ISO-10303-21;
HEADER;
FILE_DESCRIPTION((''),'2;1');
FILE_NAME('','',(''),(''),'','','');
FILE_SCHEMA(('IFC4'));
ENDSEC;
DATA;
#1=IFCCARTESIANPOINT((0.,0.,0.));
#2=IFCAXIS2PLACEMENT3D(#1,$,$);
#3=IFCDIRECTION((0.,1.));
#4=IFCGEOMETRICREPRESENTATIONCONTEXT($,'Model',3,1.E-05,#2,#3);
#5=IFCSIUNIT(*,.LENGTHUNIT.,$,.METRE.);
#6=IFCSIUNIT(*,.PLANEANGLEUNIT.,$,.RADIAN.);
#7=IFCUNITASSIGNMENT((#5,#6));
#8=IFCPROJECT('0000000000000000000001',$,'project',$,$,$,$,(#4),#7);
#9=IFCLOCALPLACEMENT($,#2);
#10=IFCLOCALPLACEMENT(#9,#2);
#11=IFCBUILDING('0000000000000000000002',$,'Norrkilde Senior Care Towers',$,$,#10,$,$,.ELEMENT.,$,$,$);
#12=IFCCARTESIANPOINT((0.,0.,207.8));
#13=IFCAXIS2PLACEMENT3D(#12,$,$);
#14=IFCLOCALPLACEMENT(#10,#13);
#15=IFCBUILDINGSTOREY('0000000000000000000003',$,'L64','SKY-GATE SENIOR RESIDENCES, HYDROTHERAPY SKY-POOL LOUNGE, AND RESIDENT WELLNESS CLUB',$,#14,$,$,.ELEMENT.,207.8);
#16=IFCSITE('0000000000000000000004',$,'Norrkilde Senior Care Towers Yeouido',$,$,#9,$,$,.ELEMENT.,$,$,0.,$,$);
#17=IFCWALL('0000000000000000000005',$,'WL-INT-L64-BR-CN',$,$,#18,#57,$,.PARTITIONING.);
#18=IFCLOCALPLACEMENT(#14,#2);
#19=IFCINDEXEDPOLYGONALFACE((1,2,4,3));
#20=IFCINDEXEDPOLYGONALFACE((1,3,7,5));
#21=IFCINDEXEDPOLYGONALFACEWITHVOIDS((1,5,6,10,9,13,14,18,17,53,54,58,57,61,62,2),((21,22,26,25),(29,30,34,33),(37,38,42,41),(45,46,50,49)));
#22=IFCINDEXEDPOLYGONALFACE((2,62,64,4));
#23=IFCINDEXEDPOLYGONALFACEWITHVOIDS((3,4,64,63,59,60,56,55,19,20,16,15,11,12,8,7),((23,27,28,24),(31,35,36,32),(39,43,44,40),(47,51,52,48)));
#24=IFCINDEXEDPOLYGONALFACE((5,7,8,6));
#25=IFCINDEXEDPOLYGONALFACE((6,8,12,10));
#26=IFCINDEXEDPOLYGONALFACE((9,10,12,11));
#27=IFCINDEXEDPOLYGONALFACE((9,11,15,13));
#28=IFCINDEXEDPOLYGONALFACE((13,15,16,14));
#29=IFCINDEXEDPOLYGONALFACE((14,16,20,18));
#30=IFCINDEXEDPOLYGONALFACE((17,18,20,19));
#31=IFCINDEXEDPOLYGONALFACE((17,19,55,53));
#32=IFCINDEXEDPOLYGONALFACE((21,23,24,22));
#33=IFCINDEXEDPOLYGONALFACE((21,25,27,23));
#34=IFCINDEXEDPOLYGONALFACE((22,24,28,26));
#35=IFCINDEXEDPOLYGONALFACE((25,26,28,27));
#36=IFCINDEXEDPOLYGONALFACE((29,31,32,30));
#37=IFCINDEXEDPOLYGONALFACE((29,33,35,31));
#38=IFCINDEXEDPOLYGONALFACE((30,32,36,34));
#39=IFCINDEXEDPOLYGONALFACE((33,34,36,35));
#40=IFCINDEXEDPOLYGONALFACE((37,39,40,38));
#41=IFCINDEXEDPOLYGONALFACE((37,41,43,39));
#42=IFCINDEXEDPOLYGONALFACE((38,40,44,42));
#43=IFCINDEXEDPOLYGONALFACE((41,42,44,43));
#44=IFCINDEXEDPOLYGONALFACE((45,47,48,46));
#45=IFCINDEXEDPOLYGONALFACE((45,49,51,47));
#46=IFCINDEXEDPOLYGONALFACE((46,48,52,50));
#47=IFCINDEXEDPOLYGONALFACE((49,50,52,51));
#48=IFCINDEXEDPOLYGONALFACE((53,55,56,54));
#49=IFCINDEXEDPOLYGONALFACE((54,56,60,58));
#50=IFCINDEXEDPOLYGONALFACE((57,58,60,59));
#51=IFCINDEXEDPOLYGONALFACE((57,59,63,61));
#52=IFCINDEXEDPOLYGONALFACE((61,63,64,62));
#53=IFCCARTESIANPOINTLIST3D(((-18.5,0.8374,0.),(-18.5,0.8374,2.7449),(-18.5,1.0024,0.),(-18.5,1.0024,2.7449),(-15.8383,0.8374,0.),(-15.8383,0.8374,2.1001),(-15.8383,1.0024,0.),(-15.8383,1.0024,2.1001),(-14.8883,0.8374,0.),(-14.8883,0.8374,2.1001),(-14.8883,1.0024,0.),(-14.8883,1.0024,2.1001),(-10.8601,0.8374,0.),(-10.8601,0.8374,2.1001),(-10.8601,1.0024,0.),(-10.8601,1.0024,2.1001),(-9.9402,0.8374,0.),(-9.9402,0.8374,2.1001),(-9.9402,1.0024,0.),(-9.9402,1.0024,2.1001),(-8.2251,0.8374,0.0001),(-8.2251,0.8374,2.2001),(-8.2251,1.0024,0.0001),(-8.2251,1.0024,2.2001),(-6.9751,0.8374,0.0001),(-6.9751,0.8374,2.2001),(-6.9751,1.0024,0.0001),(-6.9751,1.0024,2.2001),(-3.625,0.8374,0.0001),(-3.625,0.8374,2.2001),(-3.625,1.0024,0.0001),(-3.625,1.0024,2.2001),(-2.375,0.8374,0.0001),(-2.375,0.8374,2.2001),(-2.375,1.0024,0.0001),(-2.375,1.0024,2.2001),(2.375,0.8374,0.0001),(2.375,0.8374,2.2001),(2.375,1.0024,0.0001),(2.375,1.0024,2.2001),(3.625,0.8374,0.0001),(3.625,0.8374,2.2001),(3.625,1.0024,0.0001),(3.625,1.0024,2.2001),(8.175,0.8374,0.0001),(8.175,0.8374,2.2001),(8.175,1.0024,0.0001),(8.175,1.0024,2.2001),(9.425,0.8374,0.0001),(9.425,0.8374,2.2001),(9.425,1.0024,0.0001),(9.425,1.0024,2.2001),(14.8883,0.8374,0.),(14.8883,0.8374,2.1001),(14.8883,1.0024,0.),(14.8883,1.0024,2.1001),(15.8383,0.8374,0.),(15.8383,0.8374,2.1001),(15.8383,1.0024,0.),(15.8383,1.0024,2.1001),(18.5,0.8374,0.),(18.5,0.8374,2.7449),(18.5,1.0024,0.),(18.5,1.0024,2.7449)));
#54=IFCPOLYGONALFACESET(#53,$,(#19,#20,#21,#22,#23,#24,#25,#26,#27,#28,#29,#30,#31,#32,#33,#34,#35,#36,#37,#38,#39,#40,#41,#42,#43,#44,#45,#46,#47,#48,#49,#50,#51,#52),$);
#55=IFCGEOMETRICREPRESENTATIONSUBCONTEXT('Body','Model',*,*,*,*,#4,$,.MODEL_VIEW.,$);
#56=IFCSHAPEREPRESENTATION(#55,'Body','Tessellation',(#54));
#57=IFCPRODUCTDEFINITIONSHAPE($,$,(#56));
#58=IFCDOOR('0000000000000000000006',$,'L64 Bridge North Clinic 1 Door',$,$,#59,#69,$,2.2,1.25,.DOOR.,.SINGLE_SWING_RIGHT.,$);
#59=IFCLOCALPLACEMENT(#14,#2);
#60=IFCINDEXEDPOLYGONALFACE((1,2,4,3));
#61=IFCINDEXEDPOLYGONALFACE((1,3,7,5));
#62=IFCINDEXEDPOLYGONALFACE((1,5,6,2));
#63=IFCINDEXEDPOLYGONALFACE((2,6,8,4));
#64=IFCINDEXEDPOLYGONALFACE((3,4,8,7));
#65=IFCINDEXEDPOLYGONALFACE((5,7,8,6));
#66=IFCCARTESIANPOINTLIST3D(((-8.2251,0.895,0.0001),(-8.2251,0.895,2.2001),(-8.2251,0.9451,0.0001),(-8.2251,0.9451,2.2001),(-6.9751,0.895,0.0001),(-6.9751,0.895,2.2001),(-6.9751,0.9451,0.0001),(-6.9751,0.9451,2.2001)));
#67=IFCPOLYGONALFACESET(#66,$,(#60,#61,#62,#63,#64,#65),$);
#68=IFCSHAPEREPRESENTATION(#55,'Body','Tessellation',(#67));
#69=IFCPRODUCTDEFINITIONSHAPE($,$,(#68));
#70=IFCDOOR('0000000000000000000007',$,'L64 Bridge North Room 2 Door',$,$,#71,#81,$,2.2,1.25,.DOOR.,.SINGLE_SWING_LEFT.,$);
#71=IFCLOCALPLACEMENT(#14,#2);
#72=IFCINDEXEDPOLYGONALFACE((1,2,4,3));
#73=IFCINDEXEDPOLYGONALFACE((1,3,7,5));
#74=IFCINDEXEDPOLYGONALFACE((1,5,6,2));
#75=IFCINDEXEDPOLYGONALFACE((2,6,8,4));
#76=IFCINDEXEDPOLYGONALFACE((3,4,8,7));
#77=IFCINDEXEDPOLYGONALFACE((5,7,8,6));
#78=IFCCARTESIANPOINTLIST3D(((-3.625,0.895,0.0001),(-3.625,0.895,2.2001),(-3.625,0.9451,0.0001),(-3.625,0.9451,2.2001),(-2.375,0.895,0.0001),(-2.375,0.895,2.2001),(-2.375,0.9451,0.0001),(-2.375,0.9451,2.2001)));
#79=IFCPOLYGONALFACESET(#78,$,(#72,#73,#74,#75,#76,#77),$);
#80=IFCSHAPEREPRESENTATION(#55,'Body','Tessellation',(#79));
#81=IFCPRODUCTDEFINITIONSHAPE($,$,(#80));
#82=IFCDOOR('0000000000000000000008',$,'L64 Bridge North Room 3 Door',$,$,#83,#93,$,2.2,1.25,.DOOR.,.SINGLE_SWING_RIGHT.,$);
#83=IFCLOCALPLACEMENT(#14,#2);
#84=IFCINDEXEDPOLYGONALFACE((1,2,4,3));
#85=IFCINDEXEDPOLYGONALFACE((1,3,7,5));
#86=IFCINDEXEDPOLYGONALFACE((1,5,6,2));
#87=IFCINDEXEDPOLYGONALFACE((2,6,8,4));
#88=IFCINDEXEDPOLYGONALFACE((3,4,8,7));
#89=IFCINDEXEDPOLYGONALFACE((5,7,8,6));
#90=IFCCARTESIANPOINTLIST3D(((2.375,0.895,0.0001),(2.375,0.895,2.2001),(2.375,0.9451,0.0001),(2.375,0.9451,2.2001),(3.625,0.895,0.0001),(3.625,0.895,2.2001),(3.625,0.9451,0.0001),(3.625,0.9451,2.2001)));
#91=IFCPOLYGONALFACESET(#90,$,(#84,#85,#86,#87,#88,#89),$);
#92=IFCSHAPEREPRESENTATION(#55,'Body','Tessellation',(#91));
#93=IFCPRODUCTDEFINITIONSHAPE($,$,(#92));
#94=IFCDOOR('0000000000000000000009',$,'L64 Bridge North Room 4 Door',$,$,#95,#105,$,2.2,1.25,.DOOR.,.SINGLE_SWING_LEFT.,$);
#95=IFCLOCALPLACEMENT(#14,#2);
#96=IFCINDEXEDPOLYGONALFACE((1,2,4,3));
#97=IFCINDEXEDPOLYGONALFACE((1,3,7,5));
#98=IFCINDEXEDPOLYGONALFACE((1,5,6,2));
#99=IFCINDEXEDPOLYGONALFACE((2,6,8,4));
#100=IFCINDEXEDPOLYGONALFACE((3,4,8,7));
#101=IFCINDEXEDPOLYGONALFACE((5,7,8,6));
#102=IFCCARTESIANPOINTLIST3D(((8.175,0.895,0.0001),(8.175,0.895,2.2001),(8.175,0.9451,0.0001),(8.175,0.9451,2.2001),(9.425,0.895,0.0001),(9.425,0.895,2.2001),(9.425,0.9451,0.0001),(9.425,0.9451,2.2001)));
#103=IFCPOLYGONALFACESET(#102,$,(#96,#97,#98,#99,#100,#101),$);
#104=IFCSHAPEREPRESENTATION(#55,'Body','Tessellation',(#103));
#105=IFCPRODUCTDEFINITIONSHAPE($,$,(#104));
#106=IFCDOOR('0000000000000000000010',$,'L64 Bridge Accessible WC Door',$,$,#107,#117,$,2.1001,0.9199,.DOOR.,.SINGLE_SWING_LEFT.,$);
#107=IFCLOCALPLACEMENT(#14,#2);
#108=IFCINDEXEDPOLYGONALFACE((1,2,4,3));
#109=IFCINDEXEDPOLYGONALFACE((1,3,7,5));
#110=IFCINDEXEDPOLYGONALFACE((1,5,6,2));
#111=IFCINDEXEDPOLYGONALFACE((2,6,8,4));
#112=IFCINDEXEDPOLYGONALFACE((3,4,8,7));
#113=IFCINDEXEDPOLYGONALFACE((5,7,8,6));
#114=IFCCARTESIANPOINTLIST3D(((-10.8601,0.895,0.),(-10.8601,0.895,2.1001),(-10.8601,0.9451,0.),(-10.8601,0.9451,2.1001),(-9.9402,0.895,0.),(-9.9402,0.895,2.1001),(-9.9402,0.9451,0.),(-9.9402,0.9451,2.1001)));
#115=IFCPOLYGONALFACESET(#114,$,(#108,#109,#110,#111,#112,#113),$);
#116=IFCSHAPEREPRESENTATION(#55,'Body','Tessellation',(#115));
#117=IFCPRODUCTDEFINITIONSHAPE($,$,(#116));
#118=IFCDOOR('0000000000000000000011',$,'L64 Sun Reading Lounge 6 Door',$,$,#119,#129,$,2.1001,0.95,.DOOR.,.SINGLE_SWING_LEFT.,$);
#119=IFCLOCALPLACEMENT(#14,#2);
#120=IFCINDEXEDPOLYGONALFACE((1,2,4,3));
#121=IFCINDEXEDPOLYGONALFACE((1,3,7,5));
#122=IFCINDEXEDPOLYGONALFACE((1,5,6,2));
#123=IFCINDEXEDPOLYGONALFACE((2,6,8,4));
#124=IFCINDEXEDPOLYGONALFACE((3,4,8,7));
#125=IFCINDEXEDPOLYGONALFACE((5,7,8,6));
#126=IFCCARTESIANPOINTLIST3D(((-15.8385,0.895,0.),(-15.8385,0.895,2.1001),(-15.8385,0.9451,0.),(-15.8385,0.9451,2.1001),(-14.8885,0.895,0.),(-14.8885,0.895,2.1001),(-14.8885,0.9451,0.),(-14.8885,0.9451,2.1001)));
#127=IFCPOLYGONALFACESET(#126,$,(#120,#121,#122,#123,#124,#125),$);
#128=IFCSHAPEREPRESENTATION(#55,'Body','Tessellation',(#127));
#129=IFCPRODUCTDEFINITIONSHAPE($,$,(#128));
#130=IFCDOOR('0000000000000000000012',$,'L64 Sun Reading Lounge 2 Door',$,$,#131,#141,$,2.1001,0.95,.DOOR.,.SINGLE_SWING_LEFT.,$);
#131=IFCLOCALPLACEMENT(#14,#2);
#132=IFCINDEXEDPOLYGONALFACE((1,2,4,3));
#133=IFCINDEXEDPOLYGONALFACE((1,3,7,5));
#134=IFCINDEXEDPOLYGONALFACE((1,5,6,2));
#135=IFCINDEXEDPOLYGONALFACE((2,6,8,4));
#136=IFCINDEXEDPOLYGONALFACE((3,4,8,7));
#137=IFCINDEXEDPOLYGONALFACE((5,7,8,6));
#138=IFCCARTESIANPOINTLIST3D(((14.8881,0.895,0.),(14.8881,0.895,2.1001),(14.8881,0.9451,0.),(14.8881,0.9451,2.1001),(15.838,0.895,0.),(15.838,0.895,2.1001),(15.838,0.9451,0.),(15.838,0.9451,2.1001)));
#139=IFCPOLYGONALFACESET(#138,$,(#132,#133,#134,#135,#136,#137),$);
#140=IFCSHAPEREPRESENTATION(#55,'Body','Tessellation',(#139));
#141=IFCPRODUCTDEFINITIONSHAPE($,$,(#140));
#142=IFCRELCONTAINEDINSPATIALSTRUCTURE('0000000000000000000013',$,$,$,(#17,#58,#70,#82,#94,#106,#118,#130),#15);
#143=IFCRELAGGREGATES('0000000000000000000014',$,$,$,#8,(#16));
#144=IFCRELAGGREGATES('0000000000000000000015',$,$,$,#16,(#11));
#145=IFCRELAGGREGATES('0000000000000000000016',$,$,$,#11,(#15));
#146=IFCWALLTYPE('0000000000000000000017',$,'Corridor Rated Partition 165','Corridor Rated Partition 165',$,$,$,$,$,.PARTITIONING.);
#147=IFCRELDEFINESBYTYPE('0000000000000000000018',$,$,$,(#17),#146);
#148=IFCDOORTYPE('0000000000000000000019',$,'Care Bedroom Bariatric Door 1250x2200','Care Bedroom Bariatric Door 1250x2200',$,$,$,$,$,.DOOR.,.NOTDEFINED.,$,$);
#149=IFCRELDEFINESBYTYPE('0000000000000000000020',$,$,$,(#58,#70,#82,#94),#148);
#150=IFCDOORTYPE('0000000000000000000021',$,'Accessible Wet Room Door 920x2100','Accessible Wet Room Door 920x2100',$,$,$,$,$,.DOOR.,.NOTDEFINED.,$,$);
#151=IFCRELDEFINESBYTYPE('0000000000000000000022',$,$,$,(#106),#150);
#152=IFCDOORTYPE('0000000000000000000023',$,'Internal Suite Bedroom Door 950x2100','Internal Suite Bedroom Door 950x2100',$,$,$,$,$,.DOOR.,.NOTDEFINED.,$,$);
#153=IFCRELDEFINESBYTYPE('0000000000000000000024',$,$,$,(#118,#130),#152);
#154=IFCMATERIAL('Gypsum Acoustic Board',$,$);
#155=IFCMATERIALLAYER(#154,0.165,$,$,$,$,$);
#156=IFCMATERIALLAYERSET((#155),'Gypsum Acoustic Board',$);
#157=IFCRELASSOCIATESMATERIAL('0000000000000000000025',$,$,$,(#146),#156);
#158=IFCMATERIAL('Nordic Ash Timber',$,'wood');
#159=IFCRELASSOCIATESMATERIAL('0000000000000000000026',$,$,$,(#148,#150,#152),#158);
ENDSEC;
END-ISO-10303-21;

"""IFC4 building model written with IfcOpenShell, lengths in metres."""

from ifc_helpers import new_model, si_unit, direction, frame, frame_2d, origin, place, context, subcontext, project, spatial, rectangle, extrude, source, transform, mapped, material, layer, layer_set, type_object, type_shapes, element, fill, save


model = new_model("IFC4")

# Units and contexts
model_context = context("Model", 3, precision=1e-05, world=origin(), true_north=direction((0.0, 1.0)))
body_context = subcontext(model_context, "Body", "Model", "MODEL_VIEW")
ifc_project = project(units=[si_unit("LENGTHUNIT", "METRE"), si_unit("PLANEANGLEUNIT", "RADIAN")], contexts=[model_context])

# Site, building, storey
site_placement = place(None, origin())
site = spatial("IfcSite", under=ifc_project, at=site_placement, Name="Norrkilde Senior Care Towers Yeouido", CompositionType="ELEMENT", RefElevation=0.0)
building_placement = place(site_placement, origin())
building = spatial("IfcBuilding", under=site, at=building_placement, Name="Norrkilde Senior Care Towers", CompositionType="ELEMENT")
storey_placement = place(building_placement, frame((0.0, 0.0, 207.8)))
storey = spatial("IfcBuildingStorey", under=building, at=storey_placement, Name="L64", Description="SKY-GATE SENIOR RESIDENCES, HYDROTHERAPY SKY-POOL LOUNGE, AND RESIDENT WELLNESS CLUB", CompositionType="ELEMENT", Elevation=207.8)

# Shared definitions
ifc_material_1 = material(Name="Gypsum Acoustic Board")
ifc_layer_1 = layer(ifc_material_1, 0.165)
ifc_layer_set_1 = layer_set([ifc_layer_1], Name="Gypsum Acoustic Board")
wall_type_1 = type_object("IfcWallType", Name="Corridor Rated Partition 165", Description="Corridor Rated Partition 165", PredefinedType="PARTITIONING", material=ifc_layer_set_1)

# Shared definitions
ifc_material_2 = material(Name="Nordic Ash Timber", Category="wood")
door_type_1 = type_object("IfcDoorType", Name="Care Bedroom Bariatric Door 1250x2200", Description="Care Bedroom Bariatric Door 1250x2200", OperationType="NOTDEFINED", PredefinedType="DOOR", material=ifc_material_2)
shared_shape_1 = source(origin(), body_context, "Body", "SweptSolid", [
    extrude(rectangle(XDim=1.25, YDim=2.2, at=frame_2d((0.625, 1.1001))), frame((0.0, 0.0249, 0.0), z_axis=(0.0, -1.0, 0.0), x_axis=(1.0, 0.0, 0.0)), (0.0, 0.0, 1.0), 0.05),
])
type_shapes(door_type_1, [shared_shape_1])

# Shared definitions
door_type_2 = type_object("IfcDoorType", Name="Accessible Wet Room Door 920x2100", Description="Accessible Wet Room Door 920x2100", OperationType="NOTDEFINED", PredefinedType="DOOR", material=ifc_material_2)
shared_shape_2 = source(origin(), body_context, "Body", "SweptSolid", [
    extrude(rectangle(XDim=0.9199, YDim=2.1001, at=frame_2d((0.46, 1.05))), frame((0.0, 0.0249, 0.0), z_axis=(0.0, -1.0, 0.0), x_axis=(1.0, 0.0, 0.0)), (0.0, 0.0, 1.0), 0.05),
])
type_shapes(door_type_2, [shared_shape_2])

# Wall, openings, doors
shared_shape_3 = source(origin(), body_context, "Body", "SweptSolid", [
    extrude(rectangle(XDim=37.0, YDim=0.165, at=frame_2d((18.5, 0.0))), origin(), (0.0, 0.0, 1.0), 2.7449),
])
wall_1_placement = place(storey_placement, frame((-18.5, 0.9199, 0.0), z_axis=(0.0, 0.0, 1.0), x_axis=(1.0, 0.0, 0.0)))
wall_1 = element("IfcWall", 1, at=wall_1_placement, inside=storey, type_object=wall_type_1, Name="WL-INT-L64-BR-CN", PredefinedType="PARTITIONING", context=body_context, shape_type="MappedRepresentation", body=[
    mapped(shared_shape_3, transform((0.0, 0.0, 0.0), x_axis=(1.0, 0.0, 0.0), y_axis=(0.0, 1.0, 0.0), z_axis=(0.0, 0.0, 1.0), scale=1.0)),
])
opening_1_placement = place(wall_1_placement, frame((2.6616, 0.0, 0.0)))
opening_1 = element("IfcOpeningElement", 2, at=opening_1_placement, cuts=wall_1, PredefinedType="OPENING", context=body_context, shape_type="SweptSolid", body=[
    extrude(rectangle(XDim=0.95, YDim=2.1001, at=frame_2d((0.4751, 1.05))), frame((0.0, 0.0925, 0.0), z_axis=(0.0, -1.0, 0.0), x_axis=(1.0, 0.0, 0.0)), (0.0, 0.0, 1.0), 0.1851),
])
opening_2_placement = place(wall_1_placement, frame((33.3882, 0.0, 0.0)))
opening_2 = element("IfcOpeningElement", 3, at=opening_2_placement, cuts=wall_1, PredefinedType="OPENING", context=body_context, shape_type="SweptSolid", body=[
    extrude(rectangle(XDim=0.95, YDim=2.1001, at=frame_2d((0.4751, 1.05))), frame((0.0, 0.0925, 0.0), z_axis=(0.0, -1.0, 0.0), x_axis=(1.0, 0.0, 0.0)), (0.0, 0.0, 1.0), 0.1851),
])
opening_3_placement = place(wall_1_placement, frame((7.6399, 0.0, 0.0)))
opening_3 = element("IfcOpeningElement", 4, at=opening_3_placement, cuts=wall_1, PredefinedType="OPENING", context=body_context, shape_type="SweptSolid", body=[
    extrude(rectangle(XDim=0.9199, YDim=2.1001, at=frame_2d((0.46, 1.05))), frame((0.0, 0.0925, 0.0), z_axis=(0.0, -1.0, 0.0), x_axis=(1.0, 0.0, 0.0)), (0.0, 0.0, 1.0), 0.1851),
])
opening_4_placement = place(wall_1_placement, frame((10.2749, 0.0, 0.0)))
opening_4 = element("IfcOpeningElement", 5, at=opening_4_placement, cuts=wall_1, PredefinedType="OPENING", context=body_context, shape_type="SweptSolid", body=[
    extrude(rectangle(XDim=1.25, YDim=2.2, at=frame_2d((0.625, 1.1001))), frame((0.0, 0.0925, 0.0), z_axis=(0.0, -1.0, 0.0), x_axis=(1.0, 0.0, 0.0)), (0.0, 0.0, 1.0), 0.1851),
])
opening_5_placement = place(wall_1_placement, frame((14.875, 0.0, 0.0)))
opening_5 = element("IfcOpeningElement", 6, at=opening_5_placement, cuts=wall_1, PredefinedType="OPENING", context=body_context, shape_type="SweptSolid", body=[
    extrude(rectangle(XDim=1.25, YDim=2.2, at=frame_2d((0.625, 1.1001))), frame((0.0, 0.0925, 0.0), z_axis=(0.0, -1.0, 0.0), x_axis=(1.0, 0.0, 0.0)), (0.0, 0.0, 1.0), 0.1851),
])
opening_6_placement = place(wall_1_placement, frame((20.875, 0.0, 0.0)))
opening_6 = element("IfcOpeningElement", 7, at=opening_6_placement, cuts=wall_1, PredefinedType="OPENING", context=body_context, shape_type="SweptSolid", body=[
    extrude(rectangle(XDim=1.25, YDim=2.2, at=frame_2d((0.625, 1.1001))), frame((0.0, 0.0925, 0.0), z_axis=(0.0, -1.0, 0.0), x_axis=(1.0, 0.0, 0.0)), (0.0, 0.0, 1.0), 0.1851),
])
opening_7_placement = place(wall_1_placement, frame((26.675, 0.0, 0.0)))
opening_7 = element("IfcOpeningElement", 8, at=opening_7_placement, cuts=wall_1, PredefinedType="OPENING", context=body_context, shape_type="SweptSolid", body=[
    extrude(rectangle(XDim=1.25, YDim=2.2, at=frame_2d((0.625, 1.1001))), frame((0.0, 0.0925, 0.0), z_axis=(0.0, -1.0, 0.0), x_axis=(1.0, 0.0, 0.0)), (0.0, 0.0, 1.0), 0.1851),
])
door_1_placement = place(opening_4_placement, frame((1.25, 0.0, 0.0), z_axis=(0.0, 0.0, 1.0), x_axis=(-1.0, 0.0, 0.0)))
door_1 = element("IfcDoor", 9, at=door_1_placement, inside=storey, type_object=door_type_1, Name="L64 Bridge North Clinic 1 Door", OperationType="SINGLE_SWING_RIGHT", OverallHeight=2.2, OverallWidth=1.25, PredefinedType="DOOR", context=body_context, shape_type="MappedRepresentation", body=[
    mapped(shared_shape_1, transform((0.0, 0.0, 0.0), x_axis=(1.0, 0.0, 0.0), y_axis=(0.0, 1.0, 0.0), z_axis=(0.0, 0.0, 1.0), scale=1.0)),
])
fill(opening_4, door_1)
door_2_placement = place(opening_5_placement, frame((1.25, 0.0, 0.0), z_axis=(0.0, 0.0, 1.0), x_axis=(-1.0, 0.0, 0.0)))
door_2 = element("IfcDoor", 10, at=door_2_placement, inside=storey, type_object=door_type_1, Name="L64 Bridge North Room 2 Door", OperationType="SINGLE_SWING_LEFT", OverallHeight=2.2, OverallWidth=1.25, PredefinedType="DOOR", context=body_context, shape_type="MappedRepresentation", body=[
    mapped(shared_shape_1, transform((0.0, 0.0, 0.0), x_axis=(1.0, 0.0, 0.0), y_axis=(0.0, 1.0, 0.0), z_axis=(0.0, 0.0, 1.0), scale=1.0)),
])
fill(opening_5, door_2)
door_3_placement = place(opening_6_placement, frame((1.25, 0.0, 0.0), z_axis=(0.0, 0.0, 1.0), x_axis=(-1.0, 0.0, 0.0)))
door_3 = element("IfcDoor", 11, at=door_3_placement, inside=storey, type_object=door_type_1, Name="L64 Bridge North Room 3 Door", OperationType="SINGLE_SWING_RIGHT", OverallHeight=2.2, OverallWidth=1.25, PredefinedType="DOOR", context=body_context, shape_type="MappedRepresentation", body=[
    mapped(shared_shape_1, transform((0.0, 0.0, 0.0), x_axis=(1.0, 0.0, 0.0), y_axis=(0.0, 1.0, 0.0), z_axis=(0.0, 0.0, 1.0), scale=1.0)),
])
fill(opening_6, door_3)
door_4_placement = place(opening_7_placement, frame((1.25, 0.0, 0.0), z_axis=(0.0, 0.0, 1.0), x_axis=(-1.0, 0.0, 0.0)))
door_4 = element("IfcDoor", 12, at=door_4_placement, inside=storey, type_object=door_type_1, Name="L64 Bridge North Room 4 Door", OperationType="SINGLE_SWING_LEFT", OverallHeight=2.2, OverallWidth=1.25, PredefinedType="DOOR", context=body_context, shape_type="MappedRepresentation", body=[
    mapped(shared_shape_1, transform((0.0, 0.0, 0.0), x_axis=(1.0, 0.0, 0.0), y_axis=(0.0, 1.0, 0.0), z_axis=(0.0, 0.0, 1.0), scale=1.0)),
])
fill(opening_7, door_4)
door_5_placement = place(opening_3_placement, frame((0.9199, 0.0, 0.0), z_axis=(0.0, 0.0, 1.0), x_axis=(-1.0, 0.0, 0.0)))
door_5 = element("IfcDoor", 13, at=door_5_placement, inside=storey, type_object=door_type_2, Name="L64 Bridge Accessible WC Door", OperationType="SINGLE_SWING_LEFT", OverallHeight=2.1001, OverallWidth=0.9199, PredefinedType="DOOR", context=body_context, shape_type="MappedRepresentation", body=[
    mapped(shared_shape_2, transform((0.0, 0.0, 0.0), x_axis=(1.0, 0.0, 0.0), y_axis=(0.0, 1.0, 0.0), z_axis=(0.0, 0.0, 1.0), scale=1.0)),
])
fill(opening_3, door_5)
door_type_3 = type_object("IfcDoorType", Name="Internal Suite Bedroom Door 950x2100", Description="Internal Suite Bedroom Door 950x2100", OperationType="NOTDEFINED", PredefinedType="DOOR", material=ifc_material_2)
shared_shape_4 = source(origin(), body_context, "Body", "SweptSolid", [
    extrude(rectangle(XDim=0.95, YDim=2.1001, at=frame_2d((0.4751, 1.05))), frame((0.0, 0.0249, 0.0), z_axis=(0.0, -1.0, 0.0), x_axis=(1.0, 0.0, 0.0)), (0.0, 0.0, 1.0), 0.05),
])
type_shapes(door_type_3, [shared_shape_4])
door_6_placement = place(opening_1_placement, frame((0.95, 0.0, 0.0), z_axis=(0.0, 0.0, 1.0), x_axis=(-1.0, 0.0, 0.0)))
door_6 = element("IfcDoor", 14, at=door_6_placement, inside=storey, type_object=door_type_3, Name="L64 Sun Reading Lounge 6 Door", OperationType="SINGLE_SWING_LEFT", OverallHeight=2.1001, OverallWidth=0.95, PredefinedType="DOOR", context=body_context, shape_type="MappedRepresentation", body=[
    mapped(shared_shape_4, transform((0.0, 0.0, 0.0), x_axis=(1.0, 0.0, 0.0), y_axis=(0.0, 1.0, 0.0), z_axis=(0.0, 0.0, 1.0), scale=1.0)),
])
fill(opening_1, door_6)
door_7_placement = place(opening_2_placement, frame((0.95, 0.0, 0.0), z_axis=(0.0, 0.0, 1.0), x_axis=(-1.0, 0.0, 0.0)))
door_7 = element("IfcDoor", 15, at=door_7_placement, inside=storey, type_object=door_type_3, Name="L64 Sun Reading Lounge 2 Door", OperationType="SINGLE_SWING_LEFT", OverallHeight=2.1001, OverallWidth=0.95, PredefinedType="DOOR", context=body_context, shape_type="MappedRepresentation", body=[
    mapped(shared_shape_4, transform((0.0, 0.0, 0.0), x_axis=(1.0, 0.0, 0.0), y_axis=(0.0, 1.0, 0.0), z_axis=(0.0, 0.0, 1.0), scale=1.0)),
])
fill(opening_2, door_7)

save(model, "model.ifc")
